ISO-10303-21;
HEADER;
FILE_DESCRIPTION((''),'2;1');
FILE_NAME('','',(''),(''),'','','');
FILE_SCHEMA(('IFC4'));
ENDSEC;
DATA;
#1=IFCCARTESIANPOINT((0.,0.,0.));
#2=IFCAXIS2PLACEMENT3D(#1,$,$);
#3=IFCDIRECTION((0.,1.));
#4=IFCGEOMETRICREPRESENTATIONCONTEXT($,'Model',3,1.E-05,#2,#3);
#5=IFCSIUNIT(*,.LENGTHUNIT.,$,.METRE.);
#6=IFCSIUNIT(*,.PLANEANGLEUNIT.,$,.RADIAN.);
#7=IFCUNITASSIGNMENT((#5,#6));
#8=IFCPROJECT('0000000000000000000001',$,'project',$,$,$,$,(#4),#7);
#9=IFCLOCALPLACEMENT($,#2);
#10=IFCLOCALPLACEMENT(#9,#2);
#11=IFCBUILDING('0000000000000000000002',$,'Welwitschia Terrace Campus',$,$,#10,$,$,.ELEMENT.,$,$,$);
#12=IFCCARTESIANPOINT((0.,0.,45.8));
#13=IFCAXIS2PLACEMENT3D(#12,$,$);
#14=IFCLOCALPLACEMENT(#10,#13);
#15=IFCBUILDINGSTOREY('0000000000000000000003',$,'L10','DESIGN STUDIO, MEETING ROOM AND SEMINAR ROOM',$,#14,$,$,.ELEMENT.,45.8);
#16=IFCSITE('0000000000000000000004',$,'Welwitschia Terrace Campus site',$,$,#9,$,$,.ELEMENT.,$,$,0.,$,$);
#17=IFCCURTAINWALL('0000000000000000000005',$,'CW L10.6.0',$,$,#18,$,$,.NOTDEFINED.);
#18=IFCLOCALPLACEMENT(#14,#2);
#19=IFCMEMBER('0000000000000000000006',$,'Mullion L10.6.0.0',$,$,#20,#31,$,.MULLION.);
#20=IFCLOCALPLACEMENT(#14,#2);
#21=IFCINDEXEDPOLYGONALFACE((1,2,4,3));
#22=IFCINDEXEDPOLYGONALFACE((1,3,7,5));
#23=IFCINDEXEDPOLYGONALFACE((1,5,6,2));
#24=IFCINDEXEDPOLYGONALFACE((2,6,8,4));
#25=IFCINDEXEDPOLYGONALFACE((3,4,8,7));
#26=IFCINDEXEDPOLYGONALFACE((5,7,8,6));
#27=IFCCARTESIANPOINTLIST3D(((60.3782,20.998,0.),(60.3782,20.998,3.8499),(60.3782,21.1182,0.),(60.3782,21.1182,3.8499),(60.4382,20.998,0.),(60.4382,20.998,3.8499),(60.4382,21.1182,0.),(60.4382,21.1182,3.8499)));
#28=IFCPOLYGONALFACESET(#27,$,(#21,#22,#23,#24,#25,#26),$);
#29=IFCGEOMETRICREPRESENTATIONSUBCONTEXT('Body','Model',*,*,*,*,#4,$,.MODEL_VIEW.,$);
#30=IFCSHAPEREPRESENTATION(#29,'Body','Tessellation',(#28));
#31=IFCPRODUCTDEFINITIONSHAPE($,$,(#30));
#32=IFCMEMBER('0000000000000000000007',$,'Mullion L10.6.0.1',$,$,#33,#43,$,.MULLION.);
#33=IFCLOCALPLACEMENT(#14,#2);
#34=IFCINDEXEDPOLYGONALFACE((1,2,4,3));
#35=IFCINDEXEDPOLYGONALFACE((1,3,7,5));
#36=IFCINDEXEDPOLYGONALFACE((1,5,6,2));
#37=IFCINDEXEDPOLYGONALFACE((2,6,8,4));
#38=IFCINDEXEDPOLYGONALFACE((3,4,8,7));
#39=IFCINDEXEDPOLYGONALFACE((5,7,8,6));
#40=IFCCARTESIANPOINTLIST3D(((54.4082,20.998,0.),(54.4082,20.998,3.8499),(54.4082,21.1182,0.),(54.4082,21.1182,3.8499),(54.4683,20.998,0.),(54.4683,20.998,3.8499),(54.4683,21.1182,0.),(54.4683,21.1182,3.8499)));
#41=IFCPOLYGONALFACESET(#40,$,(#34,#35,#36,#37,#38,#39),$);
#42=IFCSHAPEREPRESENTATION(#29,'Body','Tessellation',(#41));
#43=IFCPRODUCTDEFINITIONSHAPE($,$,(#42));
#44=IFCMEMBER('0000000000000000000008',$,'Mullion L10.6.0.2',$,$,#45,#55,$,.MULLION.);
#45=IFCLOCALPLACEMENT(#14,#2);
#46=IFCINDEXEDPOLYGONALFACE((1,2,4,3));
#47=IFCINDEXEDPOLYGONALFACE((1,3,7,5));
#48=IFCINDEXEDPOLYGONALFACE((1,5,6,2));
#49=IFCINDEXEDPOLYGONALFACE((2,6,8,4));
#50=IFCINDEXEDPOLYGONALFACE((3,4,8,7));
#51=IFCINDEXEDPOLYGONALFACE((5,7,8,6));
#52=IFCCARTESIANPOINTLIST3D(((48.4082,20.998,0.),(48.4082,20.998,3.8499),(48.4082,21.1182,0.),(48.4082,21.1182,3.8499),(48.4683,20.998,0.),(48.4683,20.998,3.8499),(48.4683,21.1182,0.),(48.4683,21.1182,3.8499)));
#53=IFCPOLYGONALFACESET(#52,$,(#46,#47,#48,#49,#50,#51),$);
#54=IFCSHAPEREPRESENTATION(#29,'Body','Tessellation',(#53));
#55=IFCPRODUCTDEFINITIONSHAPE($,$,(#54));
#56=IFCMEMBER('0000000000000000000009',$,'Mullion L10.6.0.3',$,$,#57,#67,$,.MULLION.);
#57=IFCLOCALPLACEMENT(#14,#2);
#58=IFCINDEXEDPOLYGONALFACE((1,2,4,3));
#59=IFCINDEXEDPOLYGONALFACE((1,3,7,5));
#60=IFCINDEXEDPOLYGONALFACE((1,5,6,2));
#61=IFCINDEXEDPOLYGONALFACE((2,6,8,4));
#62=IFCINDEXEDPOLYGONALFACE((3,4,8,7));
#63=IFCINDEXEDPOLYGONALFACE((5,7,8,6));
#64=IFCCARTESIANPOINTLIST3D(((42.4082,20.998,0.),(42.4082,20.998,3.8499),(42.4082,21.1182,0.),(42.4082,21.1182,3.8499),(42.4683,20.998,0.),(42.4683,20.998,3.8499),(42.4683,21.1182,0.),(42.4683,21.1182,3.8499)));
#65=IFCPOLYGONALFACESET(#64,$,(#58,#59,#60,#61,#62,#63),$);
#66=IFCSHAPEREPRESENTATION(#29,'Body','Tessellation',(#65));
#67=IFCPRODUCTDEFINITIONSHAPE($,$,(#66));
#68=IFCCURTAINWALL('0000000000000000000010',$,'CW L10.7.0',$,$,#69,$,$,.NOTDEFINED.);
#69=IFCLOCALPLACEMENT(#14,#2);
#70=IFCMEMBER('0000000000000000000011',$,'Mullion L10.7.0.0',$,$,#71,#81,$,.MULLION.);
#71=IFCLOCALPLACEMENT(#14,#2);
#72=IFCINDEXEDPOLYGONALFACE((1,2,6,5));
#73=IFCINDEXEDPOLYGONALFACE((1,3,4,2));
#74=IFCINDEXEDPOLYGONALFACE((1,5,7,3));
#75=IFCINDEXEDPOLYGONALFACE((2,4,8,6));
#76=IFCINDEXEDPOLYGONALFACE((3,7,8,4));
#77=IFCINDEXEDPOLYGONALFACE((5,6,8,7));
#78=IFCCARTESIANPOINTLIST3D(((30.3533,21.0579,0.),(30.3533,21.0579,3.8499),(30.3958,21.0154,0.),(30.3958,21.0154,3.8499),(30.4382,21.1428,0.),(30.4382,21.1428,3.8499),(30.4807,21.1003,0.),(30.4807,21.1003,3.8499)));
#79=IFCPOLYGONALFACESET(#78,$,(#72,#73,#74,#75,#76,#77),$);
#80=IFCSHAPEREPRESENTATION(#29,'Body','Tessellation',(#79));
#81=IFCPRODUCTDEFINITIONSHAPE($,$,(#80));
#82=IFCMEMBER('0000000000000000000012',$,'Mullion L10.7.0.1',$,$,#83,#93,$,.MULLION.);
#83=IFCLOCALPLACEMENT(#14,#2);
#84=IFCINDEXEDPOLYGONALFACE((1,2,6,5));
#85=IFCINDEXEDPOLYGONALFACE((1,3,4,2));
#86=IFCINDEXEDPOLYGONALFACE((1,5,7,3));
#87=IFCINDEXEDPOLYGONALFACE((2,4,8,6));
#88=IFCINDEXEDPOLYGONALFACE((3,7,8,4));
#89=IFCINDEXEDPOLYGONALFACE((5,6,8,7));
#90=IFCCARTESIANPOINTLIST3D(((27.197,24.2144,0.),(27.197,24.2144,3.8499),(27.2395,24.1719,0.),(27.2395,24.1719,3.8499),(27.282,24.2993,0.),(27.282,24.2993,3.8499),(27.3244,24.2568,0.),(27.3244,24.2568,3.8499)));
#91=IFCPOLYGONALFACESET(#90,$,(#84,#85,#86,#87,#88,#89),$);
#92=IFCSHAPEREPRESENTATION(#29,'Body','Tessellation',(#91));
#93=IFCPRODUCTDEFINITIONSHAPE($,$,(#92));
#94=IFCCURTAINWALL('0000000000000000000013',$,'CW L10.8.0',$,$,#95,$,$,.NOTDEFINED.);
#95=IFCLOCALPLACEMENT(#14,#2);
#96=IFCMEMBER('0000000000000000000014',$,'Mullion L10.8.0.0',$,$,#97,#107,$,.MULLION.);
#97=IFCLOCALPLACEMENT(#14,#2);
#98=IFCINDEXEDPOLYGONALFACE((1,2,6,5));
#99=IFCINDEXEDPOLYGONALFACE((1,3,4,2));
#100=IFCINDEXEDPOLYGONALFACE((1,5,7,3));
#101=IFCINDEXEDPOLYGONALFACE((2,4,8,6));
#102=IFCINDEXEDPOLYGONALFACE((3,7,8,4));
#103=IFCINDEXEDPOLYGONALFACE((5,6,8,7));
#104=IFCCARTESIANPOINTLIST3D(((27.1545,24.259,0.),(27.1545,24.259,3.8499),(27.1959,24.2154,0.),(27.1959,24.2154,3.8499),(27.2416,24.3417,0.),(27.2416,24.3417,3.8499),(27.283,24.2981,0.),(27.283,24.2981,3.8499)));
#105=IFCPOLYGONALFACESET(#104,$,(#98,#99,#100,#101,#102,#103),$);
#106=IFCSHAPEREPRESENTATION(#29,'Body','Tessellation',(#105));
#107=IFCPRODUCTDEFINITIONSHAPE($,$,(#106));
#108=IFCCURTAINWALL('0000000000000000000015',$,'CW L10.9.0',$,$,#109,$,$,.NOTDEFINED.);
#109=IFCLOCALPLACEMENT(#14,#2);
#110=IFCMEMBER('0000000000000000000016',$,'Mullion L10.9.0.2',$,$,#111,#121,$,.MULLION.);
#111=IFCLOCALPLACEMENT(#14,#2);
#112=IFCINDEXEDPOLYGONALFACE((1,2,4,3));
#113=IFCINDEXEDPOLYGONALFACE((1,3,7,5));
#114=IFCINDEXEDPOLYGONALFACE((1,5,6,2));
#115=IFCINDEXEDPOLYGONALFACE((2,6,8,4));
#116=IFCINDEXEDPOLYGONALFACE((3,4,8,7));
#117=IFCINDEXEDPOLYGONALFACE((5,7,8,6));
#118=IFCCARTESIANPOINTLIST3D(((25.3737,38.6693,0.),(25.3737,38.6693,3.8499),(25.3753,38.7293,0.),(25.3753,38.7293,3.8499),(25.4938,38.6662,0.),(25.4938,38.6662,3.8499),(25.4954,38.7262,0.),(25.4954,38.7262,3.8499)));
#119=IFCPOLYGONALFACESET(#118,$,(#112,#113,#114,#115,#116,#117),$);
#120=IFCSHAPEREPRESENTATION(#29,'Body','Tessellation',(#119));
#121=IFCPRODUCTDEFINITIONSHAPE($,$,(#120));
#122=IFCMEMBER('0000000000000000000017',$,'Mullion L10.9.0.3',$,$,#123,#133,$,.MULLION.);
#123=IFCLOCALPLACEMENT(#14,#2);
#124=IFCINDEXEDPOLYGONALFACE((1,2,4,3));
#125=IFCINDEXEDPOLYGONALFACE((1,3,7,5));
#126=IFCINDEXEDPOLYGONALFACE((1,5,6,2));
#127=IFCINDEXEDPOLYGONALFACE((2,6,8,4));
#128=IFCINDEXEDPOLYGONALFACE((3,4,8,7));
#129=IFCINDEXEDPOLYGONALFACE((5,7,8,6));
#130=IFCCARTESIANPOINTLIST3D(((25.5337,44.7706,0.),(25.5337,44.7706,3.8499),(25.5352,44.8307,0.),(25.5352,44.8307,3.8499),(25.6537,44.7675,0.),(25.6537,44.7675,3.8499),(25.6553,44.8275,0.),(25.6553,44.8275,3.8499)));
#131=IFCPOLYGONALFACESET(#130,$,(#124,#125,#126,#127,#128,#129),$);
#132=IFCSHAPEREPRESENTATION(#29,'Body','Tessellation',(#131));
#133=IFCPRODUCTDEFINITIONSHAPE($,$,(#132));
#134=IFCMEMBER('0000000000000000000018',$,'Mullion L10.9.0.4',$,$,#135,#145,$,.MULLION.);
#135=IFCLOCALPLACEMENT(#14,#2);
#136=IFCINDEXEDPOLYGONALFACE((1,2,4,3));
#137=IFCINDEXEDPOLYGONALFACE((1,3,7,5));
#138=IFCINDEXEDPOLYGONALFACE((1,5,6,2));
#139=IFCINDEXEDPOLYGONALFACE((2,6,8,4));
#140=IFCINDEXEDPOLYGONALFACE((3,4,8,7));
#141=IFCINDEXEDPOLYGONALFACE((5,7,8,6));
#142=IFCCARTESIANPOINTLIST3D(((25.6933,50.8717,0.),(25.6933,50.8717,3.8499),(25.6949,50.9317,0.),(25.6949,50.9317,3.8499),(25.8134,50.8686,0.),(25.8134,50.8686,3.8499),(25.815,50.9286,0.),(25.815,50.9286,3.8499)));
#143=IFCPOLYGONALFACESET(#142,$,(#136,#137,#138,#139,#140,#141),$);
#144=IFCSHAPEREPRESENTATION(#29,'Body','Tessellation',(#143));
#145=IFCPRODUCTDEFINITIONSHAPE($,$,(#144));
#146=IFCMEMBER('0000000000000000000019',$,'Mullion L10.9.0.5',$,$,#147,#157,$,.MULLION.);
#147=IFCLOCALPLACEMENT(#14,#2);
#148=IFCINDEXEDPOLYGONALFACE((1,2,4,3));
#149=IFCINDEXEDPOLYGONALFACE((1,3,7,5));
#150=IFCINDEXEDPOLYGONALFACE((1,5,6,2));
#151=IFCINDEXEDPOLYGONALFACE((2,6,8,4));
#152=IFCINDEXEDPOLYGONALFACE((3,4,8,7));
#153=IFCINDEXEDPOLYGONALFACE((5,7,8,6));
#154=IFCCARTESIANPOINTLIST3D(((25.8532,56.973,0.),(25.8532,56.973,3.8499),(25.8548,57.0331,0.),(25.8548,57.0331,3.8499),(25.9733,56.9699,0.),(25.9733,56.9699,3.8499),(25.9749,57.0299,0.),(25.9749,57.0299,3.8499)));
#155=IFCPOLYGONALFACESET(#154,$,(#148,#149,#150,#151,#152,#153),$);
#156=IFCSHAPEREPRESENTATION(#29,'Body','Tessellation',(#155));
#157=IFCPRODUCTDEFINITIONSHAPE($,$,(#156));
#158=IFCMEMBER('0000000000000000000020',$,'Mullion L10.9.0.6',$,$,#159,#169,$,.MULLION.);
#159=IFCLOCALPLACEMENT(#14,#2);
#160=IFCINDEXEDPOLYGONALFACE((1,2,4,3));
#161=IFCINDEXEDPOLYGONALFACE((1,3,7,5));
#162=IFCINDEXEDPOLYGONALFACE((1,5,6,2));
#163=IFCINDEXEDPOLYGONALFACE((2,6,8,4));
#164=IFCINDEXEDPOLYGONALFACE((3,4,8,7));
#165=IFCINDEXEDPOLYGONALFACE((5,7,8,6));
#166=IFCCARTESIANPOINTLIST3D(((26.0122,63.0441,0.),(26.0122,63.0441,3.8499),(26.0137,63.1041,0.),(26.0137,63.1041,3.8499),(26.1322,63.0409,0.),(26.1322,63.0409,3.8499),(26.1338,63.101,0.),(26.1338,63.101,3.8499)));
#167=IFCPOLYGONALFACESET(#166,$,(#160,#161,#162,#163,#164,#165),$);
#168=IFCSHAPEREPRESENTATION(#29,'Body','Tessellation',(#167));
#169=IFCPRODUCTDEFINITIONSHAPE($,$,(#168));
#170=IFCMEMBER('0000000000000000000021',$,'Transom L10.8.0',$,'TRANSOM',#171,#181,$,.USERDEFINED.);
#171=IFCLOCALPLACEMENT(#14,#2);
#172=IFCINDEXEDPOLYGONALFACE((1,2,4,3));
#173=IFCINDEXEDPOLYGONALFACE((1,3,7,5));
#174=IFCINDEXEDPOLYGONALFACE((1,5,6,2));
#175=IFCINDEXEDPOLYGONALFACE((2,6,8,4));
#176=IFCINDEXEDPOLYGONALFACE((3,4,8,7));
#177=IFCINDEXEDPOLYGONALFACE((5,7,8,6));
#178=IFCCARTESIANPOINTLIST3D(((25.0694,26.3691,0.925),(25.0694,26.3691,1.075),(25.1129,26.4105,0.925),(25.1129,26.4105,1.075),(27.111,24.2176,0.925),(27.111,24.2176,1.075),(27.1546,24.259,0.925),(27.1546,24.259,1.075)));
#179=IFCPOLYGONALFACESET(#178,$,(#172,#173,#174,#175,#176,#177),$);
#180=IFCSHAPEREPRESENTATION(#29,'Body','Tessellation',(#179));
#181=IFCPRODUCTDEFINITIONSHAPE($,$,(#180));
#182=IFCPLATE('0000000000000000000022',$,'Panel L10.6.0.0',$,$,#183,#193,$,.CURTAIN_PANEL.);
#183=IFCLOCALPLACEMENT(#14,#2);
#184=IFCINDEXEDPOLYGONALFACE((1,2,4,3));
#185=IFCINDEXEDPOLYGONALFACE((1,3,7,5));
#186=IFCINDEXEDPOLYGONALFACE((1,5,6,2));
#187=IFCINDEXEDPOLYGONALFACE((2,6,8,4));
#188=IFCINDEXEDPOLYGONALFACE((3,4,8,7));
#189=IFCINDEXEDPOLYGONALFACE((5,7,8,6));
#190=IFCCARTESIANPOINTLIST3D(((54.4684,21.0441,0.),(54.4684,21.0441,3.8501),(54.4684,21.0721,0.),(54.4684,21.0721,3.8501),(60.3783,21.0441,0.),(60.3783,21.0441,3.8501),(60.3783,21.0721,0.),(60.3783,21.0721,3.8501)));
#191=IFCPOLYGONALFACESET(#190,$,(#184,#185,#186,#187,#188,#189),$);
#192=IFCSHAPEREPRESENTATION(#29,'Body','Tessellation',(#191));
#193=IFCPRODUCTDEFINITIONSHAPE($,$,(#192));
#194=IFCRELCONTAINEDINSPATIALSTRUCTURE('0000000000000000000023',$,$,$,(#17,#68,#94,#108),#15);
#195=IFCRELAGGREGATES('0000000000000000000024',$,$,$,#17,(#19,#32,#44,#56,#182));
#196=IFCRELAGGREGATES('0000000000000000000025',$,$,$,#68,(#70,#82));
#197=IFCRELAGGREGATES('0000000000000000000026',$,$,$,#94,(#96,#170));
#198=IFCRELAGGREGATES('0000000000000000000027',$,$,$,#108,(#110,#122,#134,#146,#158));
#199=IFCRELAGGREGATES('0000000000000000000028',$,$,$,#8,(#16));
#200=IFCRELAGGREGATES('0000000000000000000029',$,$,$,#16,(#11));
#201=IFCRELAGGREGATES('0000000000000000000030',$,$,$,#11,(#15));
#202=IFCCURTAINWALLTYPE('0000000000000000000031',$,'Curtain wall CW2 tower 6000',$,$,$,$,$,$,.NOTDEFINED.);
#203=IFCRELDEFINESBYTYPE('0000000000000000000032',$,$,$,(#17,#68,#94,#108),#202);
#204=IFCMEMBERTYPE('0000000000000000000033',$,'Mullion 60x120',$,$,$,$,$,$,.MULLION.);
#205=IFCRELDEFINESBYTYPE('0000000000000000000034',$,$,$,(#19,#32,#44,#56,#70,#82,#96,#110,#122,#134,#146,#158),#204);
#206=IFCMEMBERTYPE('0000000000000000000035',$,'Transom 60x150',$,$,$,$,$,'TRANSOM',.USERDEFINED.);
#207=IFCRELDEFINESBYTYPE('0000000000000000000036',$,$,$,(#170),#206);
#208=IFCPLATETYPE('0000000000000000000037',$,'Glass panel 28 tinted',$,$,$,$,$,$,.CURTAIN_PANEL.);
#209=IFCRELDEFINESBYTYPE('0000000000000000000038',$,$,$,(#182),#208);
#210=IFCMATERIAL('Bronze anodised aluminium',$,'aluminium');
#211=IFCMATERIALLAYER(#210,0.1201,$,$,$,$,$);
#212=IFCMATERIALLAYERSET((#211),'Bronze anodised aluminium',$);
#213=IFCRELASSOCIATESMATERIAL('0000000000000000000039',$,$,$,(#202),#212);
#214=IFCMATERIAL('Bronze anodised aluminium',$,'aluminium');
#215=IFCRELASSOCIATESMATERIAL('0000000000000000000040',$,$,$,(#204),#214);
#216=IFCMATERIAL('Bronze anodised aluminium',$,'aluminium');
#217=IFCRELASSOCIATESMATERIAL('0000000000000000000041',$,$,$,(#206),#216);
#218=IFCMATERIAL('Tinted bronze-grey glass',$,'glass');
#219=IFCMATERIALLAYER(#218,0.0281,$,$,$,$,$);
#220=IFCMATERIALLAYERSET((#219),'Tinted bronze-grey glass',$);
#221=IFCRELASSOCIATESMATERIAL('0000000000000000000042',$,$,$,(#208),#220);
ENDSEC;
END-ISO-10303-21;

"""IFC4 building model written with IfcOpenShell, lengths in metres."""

from ifc_helpers import new_model, si_unit, direction, frame, origin, origin_2d, place, context, subcontext, project, spatial, rectangle, extrude, material, layer, layer_set, material_profile, profile_set, type_object, element, aggregate, save


model = new_model("IFC4")

# Units and contexts
model_context = context("Model", 3, precision=1e-05, world=origin(), true_north=direction((0.0, 1.0)))
body_context = subcontext(model_context, "Body", "Model", "MODEL_VIEW")
ifc_project = project(units=[si_unit("LENGTHUNIT", "METRE"), si_unit("PLANEANGLEUNIT", "RADIAN")], contexts=[model_context])

# Site, building, storey
site_placement = place(None, origin())
site = spatial("IfcSite", under=ifc_project, at=site_placement, Name="Welwitschia Terrace Campus site", CompositionType="ELEMENT", RefElevation=0.0)
building_placement = place(site_placement, origin())
building = spatial("IfcBuilding", under=site, at=building_placement, Name="Welwitschia Terrace Campus", CompositionType="ELEMENT")
storey_placement = place(building_placement, frame((0.0, 0.0, 45.8)))
storey = spatial("IfcBuildingStorey", under=building, at=storey_placement, Name="L10", Description="DESIGN STUDIO, MEETING ROOM AND SEMINAR ROOM", CompositionType="ELEMENT", Elevation=45.8)

# Curtain walls, members
ifc_material_1 = material(Name="Bronze anodised aluminium", Category="aluminium")
ifc_layer_1 = layer(ifc_material_1, 0.1201)
ifc_layer_set_1 = layer_set([ifc_layer_1], Name="Bronze anodised aluminium")
curtain_wall_type = type_object("IfcCurtainWallType", Name="Curtain wall CW2 tower 6000", PredefinedType="NOTDEFINED", material=ifc_layer_set_1)
curtain_wall_1_placement = place(storey_placement, origin())
curtain_wall_1 = element("IfcCurtainWall", 1, at=curtain_wall_1_placement, inside=storey, type_object=curtain_wall_type, Name="CW L10.6.0", PredefinedType="NOTDEFINED")
ifc_material_2 = material(Name="Bronze anodised aluminium", Category="aluminium")
ifc_material_profile_1 = material_profile(ifc_material_2, rectangle(XDim=0.1201, YDim=0.0601, at=origin_2d()))
ifc_profile_set_1 = profile_set([ifc_material_profile_1], Name="Bronze anodised aluminium")
member_type_1 = type_object("IfcMemberType", Name="Mullion 60x120", PredefinedType="MULLION", material=ifc_profile_set_1)
member_1_placement = place(storey_placement, frame((60.4082, 21.0581, 0.0), z_axis=(0.0, 0.0, 1.0), x_axis=(0.0, -1.0, 0.0)))
member_1 = element("IfcMember", 2, at=member_1_placement, type_object=member_type_1, Name="Mullion L10.6.0.0", PredefinedType="MULLION", context=body_context, shape_type="SweptSolid", body=[
    extrude(rectangle(XDim=0.1201, YDim=0.0601, at=origin_2d()), origin(), (0.0, 0.0, 1.0), 3.8499),
])
member_2_placement = place(storey_placement, frame((54.4382, 21.0581, 0.0), z_axis=(0.0, 0.0, 1.0), x_axis=(0.0, -1.0, 0.0)))
member_2 = element("IfcMember", 3, at=member_2_placement, type_object=member_type_1, Name="Mullion L10.6.0.1", PredefinedType="MULLION", context=body_context, shape_type="SweptSolid", body=[
    extrude(rectangle(XDim=0.1201, YDim=0.0601, at=origin_2d()), origin(), (0.0, 0.0, 1.0), 3.8499),
])
member_3_placement = place(storey_placement, frame((48.4382, 21.0581, 0.0), z_axis=(0.0, 0.0, 1.0), x_axis=(0.0, -1.0, 0.0)))
member_3 = element("IfcMember", 4, at=member_3_placement, type_object=member_type_1, Name="Mullion L10.6.0.2", PredefinedType="MULLION", context=body_context, shape_type="SweptSolid", body=[
    extrude(rectangle(XDim=0.1201, YDim=0.0601, at=origin_2d()), origin(), (0.0, 0.0, 1.0), 3.8499),
])
member_4_placement = place(storey_placement, frame((42.4382, 21.0581, 0.0), z_axis=(0.0, 0.0, 1.0), x_axis=(0.0, -1.0, 0.0)))
member_4 = element("IfcMember", 5, at=member_4_placement, type_object=member_type_1, Name="Mullion L10.6.0.3", PredefinedType="MULLION", context=body_context, shape_type="SweptSolid", body=[
    extrude(rectangle(XDim=0.1201, YDim=0.0601, at=origin_2d()), origin(), (0.0, 0.0, 1.0), 3.8499),
])
curtain_wall_2_placement = place(storey_placement, origin())
curtain_wall_2 = element("IfcCurtainWall", 6, at=curtain_wall_2_placement, inside=storey, type_object=curtain_wall_type, Name="CW L10.7.0", PredefinedType="NOTDEFINED")
member_5_placement = place(storey_placement, frame((30.417, 21.0791, 0.0), z_axis=(0.0, 0.0, 1.0), x_axis=(-0.707107, -0.707107, 0.0)))
member_5 = element("IfcMember", 7, at=member_5_placement, type_object=member_type_1, Name="Mullion L10.7.0.0", PredefinedType="MULLION", context=body_context, shape_type="SweptSolid", body=[
    extrude(rectangle(XDim=0.1201, YDim=0.0601, at=origin_2d()), origin(), (0.0, 0.0, 1.0), 3.8499),
])
member_6_placement = place(storey_placement, frame((27.2607, 24.2356, 0.0), z_axis=(0.0, 0.0, 1.0), x_axis=(-0.707107, -0.707107, 0.0)))
member_6 = element("IfcMember", 8, at=member_6_placement, type_object=member_type_1, Name="Mullion L10.7.0.1", PredefinedType="MULLION", context=body_context, shape_type="SweptSolid", body=[
    extrude(rectangle(XDim=0.1201, YDim=0.0601, at=origin_2d()), origin(), (0.0, 0.0, 1.0), 3.8499),
])

# Curtain wall, member
curtain_wall_3_placement = place(storey_placement, origin())
curtain_wall_3 = element("IfcCurtainWall", 9, at=curtain_wall_3_placement, inside=storey, type_object=curtain_wall_type, Name="CW L10.8.0", PredefinedType="NOTDEFINED")
member_7_placement = place(storey_placement, frame((27.2188, 24.2786, 0.0), z_axis=(0.0, 0.0, 1.0), x_axis=(-0.725374, -0.688355, 0.0)))
member_7 = element("IfcMember", 10, at=member_7_placement, type_object=member_type_1, Name="Mullion L10.8.0.0", PredefinedType="MULLION", context=body_context, shape_type="SweptSolid", body=[
    extrude(rectangle(XDim=0.1201, YDim=0.0601, at=origin_2d()), origin(), (0.0, 0.0, 1.0), 3.8499),
])

# Curtain wall, members
curtain_wall_4_placement = place(storey_placement, origin())
curtain_wall_4 = element("IfcCurtainWall", 11, at=curtain_wall_4_placement, inside=storey, type_object=curtain_wall_type, Name="CW L10.9.0", PredefinedType="NOTDEFINED")
member_8_placement = place(storey_placement, frame((25.4346, 38.6978, 0.0), z_axis=(0.0, 0.0, 1.0), x_axis=(-0.999657, 0.026177, 0.0)))
member_8 = element("IfcMember", 12, at=member_8_placement, type_object=member_type_1, Name="Mullion L10.9.0.2", PredefinedType="MULLION", context=body_context, shape_type="SweptSolid", body=[
    extrude(rectangle(XDim=0.1201, YDim=0.0601, at=origin_2d()), origin(), (0.0, 0.0, 1.0), 3.8499),
])
member_9_placement = place(storey_placement, frame((25.5945, 44.7991, 0.0), z_axis=(0.0, 0.0, 1.0), x_axis=(-0.999657, 0.026177, 0.0)))
member_9 = element("IfcMember", 13, at=member_9_placement, type_object=member_type_1, Name="Mullion L10.9.0.3", PredefinedType="MULLION", context=body_context, shape_type="SweptSolid", body=[
    extrude(rectangle(XDim=0.1201, YDim=0.0601, at=origin_2d()), origin(), (0.0, 0.0, 1.0), 3.8499),
])
member_10_placement = place(storey_placement, frame((25.7542, 50.9001, 0.0), z_axis=(0.0, 0.0, 1.0), x_axis=(-0.999657, 0.026177, 0.0)))
member_10 = element("IfcMember", 14, at=member_10_placement, type_object=member_type_1, Name="Mullion L10.9.0.4", PredefinedType="MULLION", context=body_context, shape_type="SweptSolid", body=[
    extrude(rectangle(XDim=0.1201, YDim=0.0601, at=origin_2d()), origin(), (0.0, 0.0, 1.0), 3.8499),
])
member_11_placement = place(storey_placement, frame((25.9141, 57.0015, 0.0), z_axis=(0.0, 0.0, 1.0), x_axis=(-0.999657, 0.026177, 0.0)))
member_11 = element("IfcMember", 15, at=member_11_placement, type_object=member_type_1, Name="Mullion L10.9.0.5", PredefinedType="MULLION", context=body_context, shape_type="SweptSolid", body=[
    extrude(rectangle(XDim=0.1201, YDim=0.0601, at=origin_2d()), origin(), (0.0, 0.0, 1.0), 3.8499),
])
member_12_placement = place(storey_placement, frame((26.073, 63.0725, 0.0), z_axis=(0.0, 0.0, 1.0), x_axis=(-0.999657, 0.026177, 0.0)))
member_12 = element("IfcMember", 16, at=member_12_placement, type_object=member_type_1, Name="Mullion L10.9.0.6", PredefinedType="MULLION", context=body_context, shape_type="SweptSolid", body=[
    extrude(rectangle(XDim=0.1201, YDim=0.0601, at=origin_2d()), origin(), (0.0, 0.0, 1.0), 3.8499),
])

# Member
ifc_material_3 = material(Name="Bronze anodised aluminium", Category="aluminium")
ifc_material_profile_2 = material_profile(ifc_material_3, rectangle(XDim=0.0601, YDim=0.1499, at=origin_2d()))
ifc_profile_set_2 = profile_set([ifc_material_profile_2], Name="Bronze anodised aluminium")
member_type_2 = type_object("IfcMemberType", Name="Transom 60x150", ElementType="TRANSOM", PredefinedType="USERDEFINED", material=ifc_profile_set_2)
member_13_placement = place(storey_placement, frame((27.1328, 24.2383, 1.0), z_axis=(-0.688345, 0.725384, 0.0), x_axis=(-0.725384, -0.688345, 0.0)))
member_13 = element("IfcMember", 17, at=member_13_placement, type_object=member_type_2, Name="Transom L10.8.0", ObjectType="TRANSOM", PredefinedType="USERDEFINED", context=body_context, shape_type="SweptSolid", body=[
    extrude(rectangle(XDim=0.0601, YDim=0.1499, at=origin_2d()), origin(), (0.0, 0.0, 1.0), 2.9661),
])

# Plate
ifc_material_4 = material(Name="Tinted bronze-grey glass", Category="glass")
ifc_layer_2 = layer(ifc_material_4, 0.0281)
ifc_layer_set_2 = layer_set([ifc_layer_2], Name="Tinted bronze-grey glass")
plate_type = type_object("IfcPlateType", Name="Glass panel 28 tinted", PredefinedType="CURTAIN_PANEL", material=ifc_layer_set_2)
plate_1_placement = place(storey_placement, frame((57.4233, 21.0581, 0.0), z_axis=(0.0, 0.0, 1.0), x_axis=(-1.0, 0.0, 0.0)))
plate_1 = element("IfcPlate", 18, at=plate_1_placement, type_object=plate_type, Name="Panel L10.6.0.0", PredefinedType="CURTAIN_PANEL", context=body_context, shape_type="SweptSolid", body=[
    extrude(rectangle(XDim=5.9099, YDim=0.0281, at=origin_2d()), origin(), (0.0, 0.0, 1.0), 3.8501),
])
aggregate(curtain_wall_1, [member_1, member_2, member_3, member_4, plate_1])
aggregate(curtain_wall_2, [member_5, member_6])
aggregate(curtain_wall_3, [member_7, member_13])
aggregate(curtain_wall_4, [member_8, member_9, member_10, member_11, member_12])

save(model, "model.ifc")
